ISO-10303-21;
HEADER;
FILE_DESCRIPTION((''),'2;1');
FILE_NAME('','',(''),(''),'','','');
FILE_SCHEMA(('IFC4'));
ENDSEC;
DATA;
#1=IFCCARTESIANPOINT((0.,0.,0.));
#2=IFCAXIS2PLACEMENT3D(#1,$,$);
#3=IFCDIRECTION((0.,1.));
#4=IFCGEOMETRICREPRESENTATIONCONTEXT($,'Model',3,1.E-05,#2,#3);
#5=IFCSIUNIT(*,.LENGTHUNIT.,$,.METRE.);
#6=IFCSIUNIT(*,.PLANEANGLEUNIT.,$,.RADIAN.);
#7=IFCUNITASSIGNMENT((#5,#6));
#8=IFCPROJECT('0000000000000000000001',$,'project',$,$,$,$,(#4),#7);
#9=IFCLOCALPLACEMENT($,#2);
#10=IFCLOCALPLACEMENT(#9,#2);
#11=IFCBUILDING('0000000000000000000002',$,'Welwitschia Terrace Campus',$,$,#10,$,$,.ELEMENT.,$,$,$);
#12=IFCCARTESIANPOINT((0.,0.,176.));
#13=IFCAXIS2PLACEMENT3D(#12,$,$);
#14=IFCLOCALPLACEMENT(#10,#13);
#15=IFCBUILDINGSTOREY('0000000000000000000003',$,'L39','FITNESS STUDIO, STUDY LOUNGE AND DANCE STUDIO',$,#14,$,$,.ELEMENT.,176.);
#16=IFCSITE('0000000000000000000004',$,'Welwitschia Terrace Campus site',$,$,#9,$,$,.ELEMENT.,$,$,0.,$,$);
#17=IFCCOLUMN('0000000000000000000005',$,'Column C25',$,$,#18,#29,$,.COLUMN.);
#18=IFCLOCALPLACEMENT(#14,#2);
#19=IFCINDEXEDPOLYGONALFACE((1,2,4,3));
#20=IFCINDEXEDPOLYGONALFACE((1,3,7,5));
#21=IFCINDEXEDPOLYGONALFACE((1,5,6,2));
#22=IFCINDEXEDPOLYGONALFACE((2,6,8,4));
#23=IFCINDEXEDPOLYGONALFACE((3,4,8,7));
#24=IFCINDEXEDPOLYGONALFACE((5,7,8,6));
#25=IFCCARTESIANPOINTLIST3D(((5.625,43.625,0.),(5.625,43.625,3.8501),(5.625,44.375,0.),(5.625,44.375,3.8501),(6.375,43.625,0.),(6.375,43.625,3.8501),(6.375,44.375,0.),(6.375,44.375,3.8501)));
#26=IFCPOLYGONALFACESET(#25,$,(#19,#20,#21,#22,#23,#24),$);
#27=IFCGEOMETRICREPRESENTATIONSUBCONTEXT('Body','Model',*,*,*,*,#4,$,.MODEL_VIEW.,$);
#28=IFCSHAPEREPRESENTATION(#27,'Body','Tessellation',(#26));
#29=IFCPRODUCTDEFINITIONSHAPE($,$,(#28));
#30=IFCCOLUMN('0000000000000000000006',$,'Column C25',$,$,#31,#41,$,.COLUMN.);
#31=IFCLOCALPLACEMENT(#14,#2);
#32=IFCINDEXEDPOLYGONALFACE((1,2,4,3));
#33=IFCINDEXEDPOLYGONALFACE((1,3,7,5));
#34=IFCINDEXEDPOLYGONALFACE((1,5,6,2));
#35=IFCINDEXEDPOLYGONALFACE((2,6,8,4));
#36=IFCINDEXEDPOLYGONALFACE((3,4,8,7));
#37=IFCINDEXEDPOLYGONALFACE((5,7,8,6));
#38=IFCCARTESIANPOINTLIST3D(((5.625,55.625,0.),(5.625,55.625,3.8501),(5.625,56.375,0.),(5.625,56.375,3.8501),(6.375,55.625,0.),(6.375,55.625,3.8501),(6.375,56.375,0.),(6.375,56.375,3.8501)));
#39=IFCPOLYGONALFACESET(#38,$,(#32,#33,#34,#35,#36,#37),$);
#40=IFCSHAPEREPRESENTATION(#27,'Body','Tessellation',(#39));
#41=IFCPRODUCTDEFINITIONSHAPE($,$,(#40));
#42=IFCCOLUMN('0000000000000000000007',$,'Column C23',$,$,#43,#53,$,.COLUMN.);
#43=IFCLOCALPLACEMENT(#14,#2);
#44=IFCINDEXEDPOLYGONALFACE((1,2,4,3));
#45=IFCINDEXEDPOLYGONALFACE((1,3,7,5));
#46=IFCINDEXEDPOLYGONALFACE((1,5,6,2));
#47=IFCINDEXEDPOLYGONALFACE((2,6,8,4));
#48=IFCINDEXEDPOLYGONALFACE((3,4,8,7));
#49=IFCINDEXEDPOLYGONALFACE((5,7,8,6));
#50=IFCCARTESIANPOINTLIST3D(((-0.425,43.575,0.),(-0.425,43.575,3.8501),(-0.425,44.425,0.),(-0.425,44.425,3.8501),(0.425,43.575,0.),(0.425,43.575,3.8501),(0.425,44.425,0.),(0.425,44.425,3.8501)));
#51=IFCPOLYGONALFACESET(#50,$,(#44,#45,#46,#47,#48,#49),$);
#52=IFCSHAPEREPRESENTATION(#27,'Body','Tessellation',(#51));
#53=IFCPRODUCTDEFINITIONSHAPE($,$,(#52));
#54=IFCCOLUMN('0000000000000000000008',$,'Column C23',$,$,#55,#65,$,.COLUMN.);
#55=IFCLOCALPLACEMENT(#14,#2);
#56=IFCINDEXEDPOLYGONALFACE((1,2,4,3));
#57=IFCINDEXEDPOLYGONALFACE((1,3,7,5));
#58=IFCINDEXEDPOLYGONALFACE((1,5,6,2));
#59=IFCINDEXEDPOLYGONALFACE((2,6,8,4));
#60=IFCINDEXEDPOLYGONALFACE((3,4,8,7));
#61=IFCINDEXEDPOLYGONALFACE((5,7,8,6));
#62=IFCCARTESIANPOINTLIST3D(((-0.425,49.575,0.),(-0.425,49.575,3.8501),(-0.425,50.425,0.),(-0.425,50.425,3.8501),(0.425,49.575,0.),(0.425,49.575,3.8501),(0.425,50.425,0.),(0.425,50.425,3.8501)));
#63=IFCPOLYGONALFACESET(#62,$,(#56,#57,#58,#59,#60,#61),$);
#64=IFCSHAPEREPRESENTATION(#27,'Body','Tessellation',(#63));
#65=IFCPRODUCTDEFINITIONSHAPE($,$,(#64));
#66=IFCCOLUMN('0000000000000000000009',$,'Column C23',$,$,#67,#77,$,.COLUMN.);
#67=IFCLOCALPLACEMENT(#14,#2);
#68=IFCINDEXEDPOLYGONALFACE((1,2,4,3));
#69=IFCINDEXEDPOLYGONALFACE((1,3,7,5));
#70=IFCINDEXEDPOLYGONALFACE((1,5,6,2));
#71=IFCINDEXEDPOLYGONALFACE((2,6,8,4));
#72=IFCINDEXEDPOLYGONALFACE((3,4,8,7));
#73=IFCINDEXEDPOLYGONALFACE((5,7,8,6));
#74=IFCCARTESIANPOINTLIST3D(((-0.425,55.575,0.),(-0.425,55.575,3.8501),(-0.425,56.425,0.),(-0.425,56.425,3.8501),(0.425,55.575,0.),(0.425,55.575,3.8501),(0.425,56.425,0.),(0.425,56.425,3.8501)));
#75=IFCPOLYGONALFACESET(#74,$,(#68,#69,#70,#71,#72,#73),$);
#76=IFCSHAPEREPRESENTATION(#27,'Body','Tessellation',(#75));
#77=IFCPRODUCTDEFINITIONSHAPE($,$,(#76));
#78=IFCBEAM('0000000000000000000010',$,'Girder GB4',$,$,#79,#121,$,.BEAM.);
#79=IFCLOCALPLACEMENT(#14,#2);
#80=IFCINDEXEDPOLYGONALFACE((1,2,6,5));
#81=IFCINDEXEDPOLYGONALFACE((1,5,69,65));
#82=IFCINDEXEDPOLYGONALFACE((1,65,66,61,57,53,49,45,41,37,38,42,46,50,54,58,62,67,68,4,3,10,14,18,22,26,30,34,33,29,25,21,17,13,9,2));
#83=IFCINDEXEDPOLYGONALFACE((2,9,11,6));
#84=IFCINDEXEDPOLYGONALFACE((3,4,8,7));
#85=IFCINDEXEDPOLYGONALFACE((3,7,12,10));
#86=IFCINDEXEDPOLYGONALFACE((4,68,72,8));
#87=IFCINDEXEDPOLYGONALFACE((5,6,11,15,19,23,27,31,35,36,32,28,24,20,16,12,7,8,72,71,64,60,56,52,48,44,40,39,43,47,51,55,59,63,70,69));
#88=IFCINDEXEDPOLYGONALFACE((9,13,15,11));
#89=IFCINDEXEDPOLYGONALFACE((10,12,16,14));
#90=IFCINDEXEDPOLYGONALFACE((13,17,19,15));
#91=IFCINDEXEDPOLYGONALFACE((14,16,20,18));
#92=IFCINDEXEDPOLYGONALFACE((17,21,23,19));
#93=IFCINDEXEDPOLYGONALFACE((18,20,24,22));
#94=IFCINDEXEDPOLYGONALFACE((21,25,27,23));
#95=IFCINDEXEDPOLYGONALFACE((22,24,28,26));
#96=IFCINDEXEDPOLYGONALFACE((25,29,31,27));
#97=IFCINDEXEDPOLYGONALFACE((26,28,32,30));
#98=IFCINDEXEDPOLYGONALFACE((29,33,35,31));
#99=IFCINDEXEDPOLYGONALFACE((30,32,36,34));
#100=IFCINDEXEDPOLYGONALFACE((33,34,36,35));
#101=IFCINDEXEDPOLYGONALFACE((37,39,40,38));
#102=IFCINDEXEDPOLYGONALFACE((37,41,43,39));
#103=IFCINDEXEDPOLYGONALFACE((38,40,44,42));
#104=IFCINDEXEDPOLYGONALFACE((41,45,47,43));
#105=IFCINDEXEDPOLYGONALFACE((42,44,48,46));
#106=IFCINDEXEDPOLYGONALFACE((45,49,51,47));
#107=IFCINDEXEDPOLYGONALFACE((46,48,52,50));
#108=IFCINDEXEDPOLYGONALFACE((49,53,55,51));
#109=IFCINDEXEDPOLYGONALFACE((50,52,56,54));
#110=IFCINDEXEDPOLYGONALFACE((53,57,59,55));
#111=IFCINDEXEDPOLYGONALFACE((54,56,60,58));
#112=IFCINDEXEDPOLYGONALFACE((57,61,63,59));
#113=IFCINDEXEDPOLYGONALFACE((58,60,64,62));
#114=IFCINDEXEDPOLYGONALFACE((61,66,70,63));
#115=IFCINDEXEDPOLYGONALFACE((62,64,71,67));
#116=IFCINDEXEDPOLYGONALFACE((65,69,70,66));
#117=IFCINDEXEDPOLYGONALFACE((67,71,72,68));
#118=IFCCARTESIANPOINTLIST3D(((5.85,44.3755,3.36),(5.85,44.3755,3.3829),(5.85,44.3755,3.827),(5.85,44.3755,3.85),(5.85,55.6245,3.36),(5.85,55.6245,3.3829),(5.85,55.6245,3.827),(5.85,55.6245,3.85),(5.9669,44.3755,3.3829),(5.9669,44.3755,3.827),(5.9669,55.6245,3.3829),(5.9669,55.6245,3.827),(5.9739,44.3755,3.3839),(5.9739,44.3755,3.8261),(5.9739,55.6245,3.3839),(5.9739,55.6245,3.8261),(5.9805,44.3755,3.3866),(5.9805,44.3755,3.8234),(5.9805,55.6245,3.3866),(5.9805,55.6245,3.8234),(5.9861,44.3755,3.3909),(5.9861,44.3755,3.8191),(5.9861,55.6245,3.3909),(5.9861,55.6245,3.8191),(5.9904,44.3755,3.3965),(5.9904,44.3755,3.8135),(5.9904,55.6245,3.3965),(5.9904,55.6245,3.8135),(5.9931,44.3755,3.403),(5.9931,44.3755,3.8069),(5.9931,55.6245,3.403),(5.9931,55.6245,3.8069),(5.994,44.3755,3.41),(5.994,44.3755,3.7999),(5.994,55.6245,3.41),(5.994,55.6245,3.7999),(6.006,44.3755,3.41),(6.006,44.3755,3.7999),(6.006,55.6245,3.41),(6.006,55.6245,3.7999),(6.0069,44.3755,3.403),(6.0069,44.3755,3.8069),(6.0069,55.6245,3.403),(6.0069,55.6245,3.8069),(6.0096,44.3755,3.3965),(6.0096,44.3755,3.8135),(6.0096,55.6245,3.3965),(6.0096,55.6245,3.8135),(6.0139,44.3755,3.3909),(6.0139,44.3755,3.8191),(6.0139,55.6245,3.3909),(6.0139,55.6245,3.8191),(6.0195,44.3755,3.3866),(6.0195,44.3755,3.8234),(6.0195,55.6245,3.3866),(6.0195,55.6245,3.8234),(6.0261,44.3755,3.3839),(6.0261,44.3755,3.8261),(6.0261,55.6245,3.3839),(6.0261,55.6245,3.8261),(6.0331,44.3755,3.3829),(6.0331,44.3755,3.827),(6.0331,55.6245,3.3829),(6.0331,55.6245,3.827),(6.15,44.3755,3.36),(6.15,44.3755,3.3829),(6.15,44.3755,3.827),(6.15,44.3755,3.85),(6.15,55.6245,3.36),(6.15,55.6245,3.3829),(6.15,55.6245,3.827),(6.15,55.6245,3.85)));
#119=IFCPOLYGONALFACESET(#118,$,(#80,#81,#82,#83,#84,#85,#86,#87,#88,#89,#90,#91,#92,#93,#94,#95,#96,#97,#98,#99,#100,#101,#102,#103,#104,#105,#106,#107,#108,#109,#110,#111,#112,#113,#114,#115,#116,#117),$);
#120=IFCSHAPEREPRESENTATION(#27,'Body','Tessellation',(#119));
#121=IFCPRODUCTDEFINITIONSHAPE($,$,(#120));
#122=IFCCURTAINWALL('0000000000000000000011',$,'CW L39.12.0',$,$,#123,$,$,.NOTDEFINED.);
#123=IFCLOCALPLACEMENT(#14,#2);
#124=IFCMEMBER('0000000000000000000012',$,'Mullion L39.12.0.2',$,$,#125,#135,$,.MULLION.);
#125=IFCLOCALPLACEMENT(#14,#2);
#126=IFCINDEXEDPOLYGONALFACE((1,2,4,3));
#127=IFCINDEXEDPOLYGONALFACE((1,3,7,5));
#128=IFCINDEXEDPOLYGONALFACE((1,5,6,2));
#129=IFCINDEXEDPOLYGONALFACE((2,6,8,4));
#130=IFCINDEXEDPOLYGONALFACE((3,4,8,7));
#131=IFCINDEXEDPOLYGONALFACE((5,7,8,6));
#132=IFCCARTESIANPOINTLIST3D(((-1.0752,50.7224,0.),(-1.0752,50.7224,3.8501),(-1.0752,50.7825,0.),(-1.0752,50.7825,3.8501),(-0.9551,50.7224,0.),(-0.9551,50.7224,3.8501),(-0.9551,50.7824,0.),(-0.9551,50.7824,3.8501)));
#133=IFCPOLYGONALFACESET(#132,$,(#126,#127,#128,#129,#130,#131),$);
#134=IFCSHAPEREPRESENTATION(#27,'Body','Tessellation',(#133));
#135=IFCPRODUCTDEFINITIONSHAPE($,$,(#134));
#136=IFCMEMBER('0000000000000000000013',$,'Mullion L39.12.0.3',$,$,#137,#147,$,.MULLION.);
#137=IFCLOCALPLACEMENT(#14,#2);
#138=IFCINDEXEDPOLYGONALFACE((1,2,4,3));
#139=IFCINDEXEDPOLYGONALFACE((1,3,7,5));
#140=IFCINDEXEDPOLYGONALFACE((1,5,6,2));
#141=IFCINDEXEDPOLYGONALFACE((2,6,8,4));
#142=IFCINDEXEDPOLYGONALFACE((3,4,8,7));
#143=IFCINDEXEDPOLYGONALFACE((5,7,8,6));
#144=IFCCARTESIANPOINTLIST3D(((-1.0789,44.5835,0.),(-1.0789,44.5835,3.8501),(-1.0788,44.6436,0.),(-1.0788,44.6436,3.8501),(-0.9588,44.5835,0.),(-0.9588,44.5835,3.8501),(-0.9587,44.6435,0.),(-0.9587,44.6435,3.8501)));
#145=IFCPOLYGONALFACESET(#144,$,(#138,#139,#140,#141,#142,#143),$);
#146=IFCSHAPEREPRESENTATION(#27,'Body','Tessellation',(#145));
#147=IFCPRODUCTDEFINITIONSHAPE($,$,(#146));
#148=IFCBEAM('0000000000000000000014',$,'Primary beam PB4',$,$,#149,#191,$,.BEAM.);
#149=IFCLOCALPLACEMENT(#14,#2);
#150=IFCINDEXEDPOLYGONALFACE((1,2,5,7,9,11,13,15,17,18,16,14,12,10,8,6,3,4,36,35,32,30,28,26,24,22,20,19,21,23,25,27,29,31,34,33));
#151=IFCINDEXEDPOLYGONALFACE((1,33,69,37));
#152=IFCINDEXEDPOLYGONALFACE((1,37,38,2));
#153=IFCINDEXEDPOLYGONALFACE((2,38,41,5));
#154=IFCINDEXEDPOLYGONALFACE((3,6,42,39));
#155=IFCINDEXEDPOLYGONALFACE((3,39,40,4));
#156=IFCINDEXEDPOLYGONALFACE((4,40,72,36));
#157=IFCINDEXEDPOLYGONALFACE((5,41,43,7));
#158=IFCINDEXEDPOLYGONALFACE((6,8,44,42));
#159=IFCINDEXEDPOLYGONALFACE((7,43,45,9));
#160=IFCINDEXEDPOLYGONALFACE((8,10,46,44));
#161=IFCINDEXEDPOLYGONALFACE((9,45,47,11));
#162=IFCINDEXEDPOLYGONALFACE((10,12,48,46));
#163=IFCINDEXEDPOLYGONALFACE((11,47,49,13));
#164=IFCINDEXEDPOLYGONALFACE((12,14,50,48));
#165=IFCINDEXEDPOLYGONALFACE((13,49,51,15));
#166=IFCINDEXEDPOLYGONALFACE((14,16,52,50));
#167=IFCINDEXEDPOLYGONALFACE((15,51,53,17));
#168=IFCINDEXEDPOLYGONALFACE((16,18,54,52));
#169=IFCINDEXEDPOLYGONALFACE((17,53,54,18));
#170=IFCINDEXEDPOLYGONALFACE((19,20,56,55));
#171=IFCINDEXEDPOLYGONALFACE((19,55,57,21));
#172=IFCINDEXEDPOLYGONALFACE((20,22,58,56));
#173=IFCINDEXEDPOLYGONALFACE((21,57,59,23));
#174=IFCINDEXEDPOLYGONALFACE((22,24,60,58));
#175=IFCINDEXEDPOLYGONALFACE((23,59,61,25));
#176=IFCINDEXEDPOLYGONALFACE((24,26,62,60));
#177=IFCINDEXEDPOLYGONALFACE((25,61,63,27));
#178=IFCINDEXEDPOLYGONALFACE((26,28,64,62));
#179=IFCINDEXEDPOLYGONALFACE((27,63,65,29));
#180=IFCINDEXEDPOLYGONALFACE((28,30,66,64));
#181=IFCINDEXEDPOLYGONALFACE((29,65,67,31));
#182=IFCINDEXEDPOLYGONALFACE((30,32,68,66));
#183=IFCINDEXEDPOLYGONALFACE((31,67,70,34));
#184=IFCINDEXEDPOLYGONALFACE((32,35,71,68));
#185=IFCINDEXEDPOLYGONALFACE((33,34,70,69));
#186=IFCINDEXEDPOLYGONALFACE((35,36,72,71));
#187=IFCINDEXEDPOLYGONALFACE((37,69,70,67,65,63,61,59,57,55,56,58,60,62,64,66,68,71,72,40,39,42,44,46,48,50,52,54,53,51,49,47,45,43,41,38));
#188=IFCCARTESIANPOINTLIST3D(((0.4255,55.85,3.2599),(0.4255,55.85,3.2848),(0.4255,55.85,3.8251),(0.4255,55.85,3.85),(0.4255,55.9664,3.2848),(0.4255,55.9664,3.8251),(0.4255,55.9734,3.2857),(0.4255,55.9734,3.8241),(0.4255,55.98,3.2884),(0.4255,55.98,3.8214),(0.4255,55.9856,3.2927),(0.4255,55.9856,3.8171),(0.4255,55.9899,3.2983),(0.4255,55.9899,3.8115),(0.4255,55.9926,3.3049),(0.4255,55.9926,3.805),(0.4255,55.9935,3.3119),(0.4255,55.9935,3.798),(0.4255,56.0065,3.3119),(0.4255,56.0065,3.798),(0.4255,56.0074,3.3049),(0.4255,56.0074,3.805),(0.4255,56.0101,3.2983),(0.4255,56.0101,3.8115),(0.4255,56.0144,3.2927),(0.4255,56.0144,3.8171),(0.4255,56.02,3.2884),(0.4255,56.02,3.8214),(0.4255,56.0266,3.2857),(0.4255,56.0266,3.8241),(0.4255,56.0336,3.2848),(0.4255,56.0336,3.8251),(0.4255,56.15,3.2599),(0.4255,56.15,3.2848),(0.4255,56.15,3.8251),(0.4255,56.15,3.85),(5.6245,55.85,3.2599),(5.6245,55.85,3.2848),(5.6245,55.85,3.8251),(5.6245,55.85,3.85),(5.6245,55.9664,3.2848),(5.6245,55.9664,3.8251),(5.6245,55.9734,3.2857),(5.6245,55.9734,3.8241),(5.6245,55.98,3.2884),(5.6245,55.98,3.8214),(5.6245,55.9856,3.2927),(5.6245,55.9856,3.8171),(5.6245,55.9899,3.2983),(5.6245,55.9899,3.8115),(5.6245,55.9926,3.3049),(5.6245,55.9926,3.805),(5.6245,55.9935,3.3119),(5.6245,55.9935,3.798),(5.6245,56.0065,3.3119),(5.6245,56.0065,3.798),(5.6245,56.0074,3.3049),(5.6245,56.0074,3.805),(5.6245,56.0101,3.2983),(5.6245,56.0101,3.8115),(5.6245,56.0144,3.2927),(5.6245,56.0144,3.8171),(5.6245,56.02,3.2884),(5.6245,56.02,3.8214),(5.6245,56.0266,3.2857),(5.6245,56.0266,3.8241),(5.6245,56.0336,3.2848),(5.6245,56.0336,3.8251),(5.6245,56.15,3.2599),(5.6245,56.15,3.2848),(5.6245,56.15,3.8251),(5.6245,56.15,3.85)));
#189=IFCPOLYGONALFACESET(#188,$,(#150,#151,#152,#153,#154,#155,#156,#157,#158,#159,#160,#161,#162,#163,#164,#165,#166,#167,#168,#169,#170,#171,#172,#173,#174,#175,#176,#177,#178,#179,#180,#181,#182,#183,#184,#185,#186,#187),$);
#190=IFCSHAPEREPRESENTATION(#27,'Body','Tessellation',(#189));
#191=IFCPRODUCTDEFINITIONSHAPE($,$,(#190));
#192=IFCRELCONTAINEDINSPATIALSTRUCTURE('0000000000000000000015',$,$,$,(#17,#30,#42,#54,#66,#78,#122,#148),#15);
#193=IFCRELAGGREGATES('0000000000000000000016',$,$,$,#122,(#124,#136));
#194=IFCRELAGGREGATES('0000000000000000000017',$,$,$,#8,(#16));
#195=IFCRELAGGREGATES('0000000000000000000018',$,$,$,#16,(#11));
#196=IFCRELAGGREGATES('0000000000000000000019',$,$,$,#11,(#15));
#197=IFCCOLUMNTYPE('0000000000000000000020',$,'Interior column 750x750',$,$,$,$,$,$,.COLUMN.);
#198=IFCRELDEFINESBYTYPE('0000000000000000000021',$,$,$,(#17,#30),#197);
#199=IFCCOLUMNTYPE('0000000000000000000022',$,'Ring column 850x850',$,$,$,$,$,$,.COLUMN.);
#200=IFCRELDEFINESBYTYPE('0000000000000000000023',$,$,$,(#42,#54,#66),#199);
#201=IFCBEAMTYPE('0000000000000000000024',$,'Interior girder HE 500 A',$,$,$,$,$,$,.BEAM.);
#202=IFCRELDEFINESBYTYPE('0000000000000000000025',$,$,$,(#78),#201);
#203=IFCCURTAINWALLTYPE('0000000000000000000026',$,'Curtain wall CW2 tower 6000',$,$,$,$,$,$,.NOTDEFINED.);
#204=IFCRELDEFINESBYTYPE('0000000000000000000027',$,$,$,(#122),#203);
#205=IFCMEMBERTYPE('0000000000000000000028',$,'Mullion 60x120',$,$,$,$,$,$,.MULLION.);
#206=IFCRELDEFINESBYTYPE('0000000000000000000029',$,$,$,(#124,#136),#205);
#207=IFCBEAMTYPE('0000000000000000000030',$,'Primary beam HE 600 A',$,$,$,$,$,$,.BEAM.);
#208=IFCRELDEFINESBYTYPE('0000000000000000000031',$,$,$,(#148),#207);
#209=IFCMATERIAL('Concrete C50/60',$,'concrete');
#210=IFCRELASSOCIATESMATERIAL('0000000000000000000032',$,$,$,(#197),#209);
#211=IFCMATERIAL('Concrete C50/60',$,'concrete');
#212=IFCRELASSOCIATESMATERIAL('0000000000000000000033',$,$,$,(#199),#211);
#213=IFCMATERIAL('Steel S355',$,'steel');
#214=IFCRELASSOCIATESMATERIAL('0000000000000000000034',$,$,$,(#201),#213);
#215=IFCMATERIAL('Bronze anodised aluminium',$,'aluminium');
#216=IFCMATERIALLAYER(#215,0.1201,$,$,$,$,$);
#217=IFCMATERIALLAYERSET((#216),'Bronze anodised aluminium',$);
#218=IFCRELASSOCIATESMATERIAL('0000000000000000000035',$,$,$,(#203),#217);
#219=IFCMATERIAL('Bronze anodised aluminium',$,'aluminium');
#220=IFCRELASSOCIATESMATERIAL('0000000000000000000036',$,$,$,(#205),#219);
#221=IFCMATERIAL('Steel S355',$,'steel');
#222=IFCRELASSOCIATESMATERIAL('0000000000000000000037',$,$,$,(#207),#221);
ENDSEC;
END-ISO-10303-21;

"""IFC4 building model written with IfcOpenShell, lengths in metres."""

from ifc_helpers import new_model, si_unit, direction, frame, origin, origin_2d, place, context, subcontext, project, spatial, rectangle, i_section, extrude, material, layer, layer_set, material_profile, profile_set, type_object, element, aggregate, save


model = new_model("IFC4")

# Units and contexts
model_context = context("Model", 3, precision=1e-05, world=origin(), true_north=direction((0.0, 1.0)))
body_context = subcontext(model_context, "Body", "Model", "MODEL_VIEW")
ifc_project = project(units=[si_unit("LENGTHUNIT", "METRE"), si_unit("PLANEANGLEUNIT", "RADIAN")], contexts=[model_context])

# Site, building, storey
site_placement = place(None, origin())
site = spatial("IfcSite", under=ifc_project, at=site_placement, Name="Welwitschia Terrace Campus site", CompositionType="ELEMENT", RefElevation=0.0)
building_placement = place(site_placement, origin())
building = spatial("IfcBuilding", under=site, at=building_placement, Name="Welwitschia Terrace Campus", CompositionType="ELEMENT")
storey_placement = place(building_placement, frame((0.0, 0.0, 176.0)))
storey = spatial("IfcBuildingStorey", under=building, at=storey_placement, Name="L39", Description="FITNESS STUDIO, STUDY LOUNGE AND DANCE STUDIO", CompositionType="ELEMENT", Elevation=176.0)

# Columns
ifc_material_1 = material(Name="Concrete C50/60", Category="concrete")
ifc_material_profile_1 = material_profile(ifc_material_1, rectangle(XDim=0.75, YDim=0.75, at=origin_2d()))
ifc_profile_set_1 = profile_set([ifc_material_profile_1], Name="Concrete C50/60")
column_type_1 = type_object("IfcColumnType", Name="Interior column 750x750", PredefinedType="COLUMN", material=ifc_profile_set_1)
for number, where, z_axis, x_axis, name in (
    (1, (6.0, 44.0, 0.0), (0.0, 0.0, 1.0), (1.0, 0.0, 0.0), "Column C25"),
    (2, (6.0, 56.0, 0.0), (0.0, 0.0, 1.0), (1.0, 0.0, 0.0), "Column C25"),
):
    element("IfcColumn", number, at=place(storey_placement, frame(where, z_axis=z_axis, x_axis=x_axis)), inside=storey, type_object=column_type_1, Name=name, PredefinedType="COLUMN", context=body_context, shape_type="SweptSolid", body=[
        extrude(rectangle(XDim=0.75, YDim=0.75, at=origin_2d()), origin(), (0.0, 0.0, 1.0), 3.8501),
    ])
ifc_material_2 = material(Name="Concrete C50/60", Category="concrete")
ifc_material_profile_2 = material_profile(ifc_material_2, rectangle(XDim=0.8501, YDim=0.8501, at=origin_2d()))
ifc_profile_set_2 = profile_set([ifc_material_profile_2], Name="Concrete C50/60")
column_type_2 = type_object("IfcColumnType", Name="Ring column 850x850", PredefinedType="COLUMN", material=ifc_profile_set_2)
for number, where, z_axis, x_axis, name in (
    (3, (0.0, 44.0, 0.0), (0.0, 0.0, 1.0), (1.0, 0.0, 0.0), "Column C23"),
    (4, (0.0, 50.0, 0.0), (0.0, 0.0, 1.0), (1.0, 0.0, 0.0), "Column C23"),
    (5, (0.0, 56.0, 0.0), (0.0, 0.0, 1.0), (1.0, 0.0, 0.0), "Column C23"),
):
    element("IfcColumn", number, at=place(storey_placement, frame(where, z_axis=z_axis, x_axis=x_axis)), inside=storey, type_object=column_type_2, Name=name, PredefinedType="COLUMN", context=body_context, shape_type="SweptSolid", body=[
        extrude(rectangle(XDim=0.8501, YDim=0.8501, at=origin_2d()), origin(), (0.0, 0.0, 1.0), 3.8501),
    ])

# Beam
ifc_material_3 = material(Name="Steel S355", Category="steel")
ifc_material_profile_3 = material_profile(ifc_material_3, i_section(OverallWidth=0.3, OverallDepth=0.49, WebThickness=0.012, FlangeThickness=0.0229, FilletRadius=0.0271, at=origin_2d()))
ifc_profile_set_3 = profile_set([ifc_material_profile_3], Name="Steel S355")
beam_type_1 = type_object("IfcBeamType", Name="Interior girder HE 500 A", PredefinedType="BEAM", material=ifc_profile_set_3)
beam_placement = place(storey_placement, frame((6.0, 44.3755, 3.605), z_axis=(0.0, 1.0, 0.0), x_axis=(-1.0, 0.0, 0.0)))
element("IfcBeam", 6, at=beam_placement, inside=storey, type_object=beam_type_1, Name="Girder GB4", PredefinedType="BEAM", context=body_context, shape_type="SweptSolid", body=[
    extrude(i_section(OverallWidth=0.3, OverallDepth=0.49, WebThickness=0.012, FlangeThickness=0.0229, FilletRadius=0.0271, at=origin_2d()), origin(), (0.0, 0.0, 1.0), 11.249),
])

# Curtain wall, members
ifc_material_4 = material(Name="Bronze anodised aluminium", Category="aluminium")
ifc_layer_1 = layer(ifc_material_4, 0.1201)
ifc_layer_set_1 = layer_set([ifc_layer_1], Name="Bronze anodised aluminium")
curtain_wall_type = type_object("IfcCurtainWallType", Name="Curtain wall CW2 tower 6000", PredefinedType="NOTDEFINED", material=ifc_layer_set_1)
curtain_wall_placement = place(storey_placement, origin())
curtain_wall = element("IfcCurtainWall", 7, at=curtain_wall_placement, inside=storey, type_object=curtain_wall_type, Name="CW L39.12.0", PredefinedType="NOTDEFINED")
ifc_material_5 = material(Name="Bronze anodised aluminium", Category="aluminium")
ifc_material_profile_4 = material_profile(ifc_material_5, rectangle(XDim=0.1201, YDim=0.0601, at=origin_2d()))
ifc_profile_set_4 = profile_set([ifc_material_profile_4], Name="Bronze anodised aluminium")
member_type = type_object("IfcMemberType", Name="Mullion 60x120", PredefinedType="MULLION", material=ifc_profile_set_4)
member_1_placement = place(storey_placement, frame((-1.0151, 50.7524, 0.0), z_axis=(0.0, 0.0, 1.0), x_axis=(1.0, -0.000608, 0.0)))
member_1 = element("IfcMember", 8, at=member_1_placement, type_object=member_type, Name="Mullion L39.12.0.2", PredefinedType="MULLION", context=body_context, shape_type="SweptSolid", body=[
    extrude(rectangle(XDim=0.1201, YDim=0.0601, at=origin_2d()), origin(), (0.0, 0.0, 1.0), 3.8501),
])
member_2_placement = place(storey_placement, frame((-1.0188, 44.6135, 0.0), z_axis=(0.0, 0.0, 1.0), x_axis=(1.0, -0.000608, 0.0)))
member_2 = element("IfcMember", 9, at=member_2_placement, type_object=member_type, Name="Mullion L39.12.0.3", PredefinedType="MULLION", context=body_context, shape_type="SweptSolid", body=[
    extrude(rectangle(XDim=0.1201, YDim=0.0601, at=origin_2d()), origin(), (0.0, 0.0, 1.0), 3.8501),
])

# Beam
ifc_material_6 = material(Name="Steel S355", Category="steel")
ifc_material_profile_5 = material_profile(ifc_material_6, i_section(OverallWidth=0.3, OverallDepth=0.5901, WebThickness=0.0129, FlangeThickness=0.0249, FilletRadius=0.0271, at=origin_2d()))
ifc_profile_set_5 = profile_set([ifc_material_profile_5], Name="Steel S355")
beam_type_2 = type_object("IfcBeamType", Name="Primary beam HE 600 A", PredefinedType="BEAM", material=ifc_profile_set_5)
for number, where, z_axis, x_axis, name in (
    (10, (0.4255, 56.0, 3.5549), (1.0, 0.0, 0.0), (0.0, 1.0, 0.0), "Primary beam PB4"),
):
    element("IfcBeam", number, at=place(storey_placement, frame(where, z_axis=z_axis, x_axis=x_axis)), inside=storey, type_object=beam_type_2, Name=name, PredefinedType="BEAM", context=body_context, shape_type="SweptSolid", body=[
        extrude(i_section(OverallWidth=0.3, OverallDepth=0.5901, WebThickness=0.0129, FlangeThickness=0.0249, FilletRadius=0.0271, at=origin_2d()), origin(), (0.0, 0.0, 1.0), 5.199),
    ])

aggregate(curtain_wall, [member_1, member_2])

save(model, "model.ifc")
